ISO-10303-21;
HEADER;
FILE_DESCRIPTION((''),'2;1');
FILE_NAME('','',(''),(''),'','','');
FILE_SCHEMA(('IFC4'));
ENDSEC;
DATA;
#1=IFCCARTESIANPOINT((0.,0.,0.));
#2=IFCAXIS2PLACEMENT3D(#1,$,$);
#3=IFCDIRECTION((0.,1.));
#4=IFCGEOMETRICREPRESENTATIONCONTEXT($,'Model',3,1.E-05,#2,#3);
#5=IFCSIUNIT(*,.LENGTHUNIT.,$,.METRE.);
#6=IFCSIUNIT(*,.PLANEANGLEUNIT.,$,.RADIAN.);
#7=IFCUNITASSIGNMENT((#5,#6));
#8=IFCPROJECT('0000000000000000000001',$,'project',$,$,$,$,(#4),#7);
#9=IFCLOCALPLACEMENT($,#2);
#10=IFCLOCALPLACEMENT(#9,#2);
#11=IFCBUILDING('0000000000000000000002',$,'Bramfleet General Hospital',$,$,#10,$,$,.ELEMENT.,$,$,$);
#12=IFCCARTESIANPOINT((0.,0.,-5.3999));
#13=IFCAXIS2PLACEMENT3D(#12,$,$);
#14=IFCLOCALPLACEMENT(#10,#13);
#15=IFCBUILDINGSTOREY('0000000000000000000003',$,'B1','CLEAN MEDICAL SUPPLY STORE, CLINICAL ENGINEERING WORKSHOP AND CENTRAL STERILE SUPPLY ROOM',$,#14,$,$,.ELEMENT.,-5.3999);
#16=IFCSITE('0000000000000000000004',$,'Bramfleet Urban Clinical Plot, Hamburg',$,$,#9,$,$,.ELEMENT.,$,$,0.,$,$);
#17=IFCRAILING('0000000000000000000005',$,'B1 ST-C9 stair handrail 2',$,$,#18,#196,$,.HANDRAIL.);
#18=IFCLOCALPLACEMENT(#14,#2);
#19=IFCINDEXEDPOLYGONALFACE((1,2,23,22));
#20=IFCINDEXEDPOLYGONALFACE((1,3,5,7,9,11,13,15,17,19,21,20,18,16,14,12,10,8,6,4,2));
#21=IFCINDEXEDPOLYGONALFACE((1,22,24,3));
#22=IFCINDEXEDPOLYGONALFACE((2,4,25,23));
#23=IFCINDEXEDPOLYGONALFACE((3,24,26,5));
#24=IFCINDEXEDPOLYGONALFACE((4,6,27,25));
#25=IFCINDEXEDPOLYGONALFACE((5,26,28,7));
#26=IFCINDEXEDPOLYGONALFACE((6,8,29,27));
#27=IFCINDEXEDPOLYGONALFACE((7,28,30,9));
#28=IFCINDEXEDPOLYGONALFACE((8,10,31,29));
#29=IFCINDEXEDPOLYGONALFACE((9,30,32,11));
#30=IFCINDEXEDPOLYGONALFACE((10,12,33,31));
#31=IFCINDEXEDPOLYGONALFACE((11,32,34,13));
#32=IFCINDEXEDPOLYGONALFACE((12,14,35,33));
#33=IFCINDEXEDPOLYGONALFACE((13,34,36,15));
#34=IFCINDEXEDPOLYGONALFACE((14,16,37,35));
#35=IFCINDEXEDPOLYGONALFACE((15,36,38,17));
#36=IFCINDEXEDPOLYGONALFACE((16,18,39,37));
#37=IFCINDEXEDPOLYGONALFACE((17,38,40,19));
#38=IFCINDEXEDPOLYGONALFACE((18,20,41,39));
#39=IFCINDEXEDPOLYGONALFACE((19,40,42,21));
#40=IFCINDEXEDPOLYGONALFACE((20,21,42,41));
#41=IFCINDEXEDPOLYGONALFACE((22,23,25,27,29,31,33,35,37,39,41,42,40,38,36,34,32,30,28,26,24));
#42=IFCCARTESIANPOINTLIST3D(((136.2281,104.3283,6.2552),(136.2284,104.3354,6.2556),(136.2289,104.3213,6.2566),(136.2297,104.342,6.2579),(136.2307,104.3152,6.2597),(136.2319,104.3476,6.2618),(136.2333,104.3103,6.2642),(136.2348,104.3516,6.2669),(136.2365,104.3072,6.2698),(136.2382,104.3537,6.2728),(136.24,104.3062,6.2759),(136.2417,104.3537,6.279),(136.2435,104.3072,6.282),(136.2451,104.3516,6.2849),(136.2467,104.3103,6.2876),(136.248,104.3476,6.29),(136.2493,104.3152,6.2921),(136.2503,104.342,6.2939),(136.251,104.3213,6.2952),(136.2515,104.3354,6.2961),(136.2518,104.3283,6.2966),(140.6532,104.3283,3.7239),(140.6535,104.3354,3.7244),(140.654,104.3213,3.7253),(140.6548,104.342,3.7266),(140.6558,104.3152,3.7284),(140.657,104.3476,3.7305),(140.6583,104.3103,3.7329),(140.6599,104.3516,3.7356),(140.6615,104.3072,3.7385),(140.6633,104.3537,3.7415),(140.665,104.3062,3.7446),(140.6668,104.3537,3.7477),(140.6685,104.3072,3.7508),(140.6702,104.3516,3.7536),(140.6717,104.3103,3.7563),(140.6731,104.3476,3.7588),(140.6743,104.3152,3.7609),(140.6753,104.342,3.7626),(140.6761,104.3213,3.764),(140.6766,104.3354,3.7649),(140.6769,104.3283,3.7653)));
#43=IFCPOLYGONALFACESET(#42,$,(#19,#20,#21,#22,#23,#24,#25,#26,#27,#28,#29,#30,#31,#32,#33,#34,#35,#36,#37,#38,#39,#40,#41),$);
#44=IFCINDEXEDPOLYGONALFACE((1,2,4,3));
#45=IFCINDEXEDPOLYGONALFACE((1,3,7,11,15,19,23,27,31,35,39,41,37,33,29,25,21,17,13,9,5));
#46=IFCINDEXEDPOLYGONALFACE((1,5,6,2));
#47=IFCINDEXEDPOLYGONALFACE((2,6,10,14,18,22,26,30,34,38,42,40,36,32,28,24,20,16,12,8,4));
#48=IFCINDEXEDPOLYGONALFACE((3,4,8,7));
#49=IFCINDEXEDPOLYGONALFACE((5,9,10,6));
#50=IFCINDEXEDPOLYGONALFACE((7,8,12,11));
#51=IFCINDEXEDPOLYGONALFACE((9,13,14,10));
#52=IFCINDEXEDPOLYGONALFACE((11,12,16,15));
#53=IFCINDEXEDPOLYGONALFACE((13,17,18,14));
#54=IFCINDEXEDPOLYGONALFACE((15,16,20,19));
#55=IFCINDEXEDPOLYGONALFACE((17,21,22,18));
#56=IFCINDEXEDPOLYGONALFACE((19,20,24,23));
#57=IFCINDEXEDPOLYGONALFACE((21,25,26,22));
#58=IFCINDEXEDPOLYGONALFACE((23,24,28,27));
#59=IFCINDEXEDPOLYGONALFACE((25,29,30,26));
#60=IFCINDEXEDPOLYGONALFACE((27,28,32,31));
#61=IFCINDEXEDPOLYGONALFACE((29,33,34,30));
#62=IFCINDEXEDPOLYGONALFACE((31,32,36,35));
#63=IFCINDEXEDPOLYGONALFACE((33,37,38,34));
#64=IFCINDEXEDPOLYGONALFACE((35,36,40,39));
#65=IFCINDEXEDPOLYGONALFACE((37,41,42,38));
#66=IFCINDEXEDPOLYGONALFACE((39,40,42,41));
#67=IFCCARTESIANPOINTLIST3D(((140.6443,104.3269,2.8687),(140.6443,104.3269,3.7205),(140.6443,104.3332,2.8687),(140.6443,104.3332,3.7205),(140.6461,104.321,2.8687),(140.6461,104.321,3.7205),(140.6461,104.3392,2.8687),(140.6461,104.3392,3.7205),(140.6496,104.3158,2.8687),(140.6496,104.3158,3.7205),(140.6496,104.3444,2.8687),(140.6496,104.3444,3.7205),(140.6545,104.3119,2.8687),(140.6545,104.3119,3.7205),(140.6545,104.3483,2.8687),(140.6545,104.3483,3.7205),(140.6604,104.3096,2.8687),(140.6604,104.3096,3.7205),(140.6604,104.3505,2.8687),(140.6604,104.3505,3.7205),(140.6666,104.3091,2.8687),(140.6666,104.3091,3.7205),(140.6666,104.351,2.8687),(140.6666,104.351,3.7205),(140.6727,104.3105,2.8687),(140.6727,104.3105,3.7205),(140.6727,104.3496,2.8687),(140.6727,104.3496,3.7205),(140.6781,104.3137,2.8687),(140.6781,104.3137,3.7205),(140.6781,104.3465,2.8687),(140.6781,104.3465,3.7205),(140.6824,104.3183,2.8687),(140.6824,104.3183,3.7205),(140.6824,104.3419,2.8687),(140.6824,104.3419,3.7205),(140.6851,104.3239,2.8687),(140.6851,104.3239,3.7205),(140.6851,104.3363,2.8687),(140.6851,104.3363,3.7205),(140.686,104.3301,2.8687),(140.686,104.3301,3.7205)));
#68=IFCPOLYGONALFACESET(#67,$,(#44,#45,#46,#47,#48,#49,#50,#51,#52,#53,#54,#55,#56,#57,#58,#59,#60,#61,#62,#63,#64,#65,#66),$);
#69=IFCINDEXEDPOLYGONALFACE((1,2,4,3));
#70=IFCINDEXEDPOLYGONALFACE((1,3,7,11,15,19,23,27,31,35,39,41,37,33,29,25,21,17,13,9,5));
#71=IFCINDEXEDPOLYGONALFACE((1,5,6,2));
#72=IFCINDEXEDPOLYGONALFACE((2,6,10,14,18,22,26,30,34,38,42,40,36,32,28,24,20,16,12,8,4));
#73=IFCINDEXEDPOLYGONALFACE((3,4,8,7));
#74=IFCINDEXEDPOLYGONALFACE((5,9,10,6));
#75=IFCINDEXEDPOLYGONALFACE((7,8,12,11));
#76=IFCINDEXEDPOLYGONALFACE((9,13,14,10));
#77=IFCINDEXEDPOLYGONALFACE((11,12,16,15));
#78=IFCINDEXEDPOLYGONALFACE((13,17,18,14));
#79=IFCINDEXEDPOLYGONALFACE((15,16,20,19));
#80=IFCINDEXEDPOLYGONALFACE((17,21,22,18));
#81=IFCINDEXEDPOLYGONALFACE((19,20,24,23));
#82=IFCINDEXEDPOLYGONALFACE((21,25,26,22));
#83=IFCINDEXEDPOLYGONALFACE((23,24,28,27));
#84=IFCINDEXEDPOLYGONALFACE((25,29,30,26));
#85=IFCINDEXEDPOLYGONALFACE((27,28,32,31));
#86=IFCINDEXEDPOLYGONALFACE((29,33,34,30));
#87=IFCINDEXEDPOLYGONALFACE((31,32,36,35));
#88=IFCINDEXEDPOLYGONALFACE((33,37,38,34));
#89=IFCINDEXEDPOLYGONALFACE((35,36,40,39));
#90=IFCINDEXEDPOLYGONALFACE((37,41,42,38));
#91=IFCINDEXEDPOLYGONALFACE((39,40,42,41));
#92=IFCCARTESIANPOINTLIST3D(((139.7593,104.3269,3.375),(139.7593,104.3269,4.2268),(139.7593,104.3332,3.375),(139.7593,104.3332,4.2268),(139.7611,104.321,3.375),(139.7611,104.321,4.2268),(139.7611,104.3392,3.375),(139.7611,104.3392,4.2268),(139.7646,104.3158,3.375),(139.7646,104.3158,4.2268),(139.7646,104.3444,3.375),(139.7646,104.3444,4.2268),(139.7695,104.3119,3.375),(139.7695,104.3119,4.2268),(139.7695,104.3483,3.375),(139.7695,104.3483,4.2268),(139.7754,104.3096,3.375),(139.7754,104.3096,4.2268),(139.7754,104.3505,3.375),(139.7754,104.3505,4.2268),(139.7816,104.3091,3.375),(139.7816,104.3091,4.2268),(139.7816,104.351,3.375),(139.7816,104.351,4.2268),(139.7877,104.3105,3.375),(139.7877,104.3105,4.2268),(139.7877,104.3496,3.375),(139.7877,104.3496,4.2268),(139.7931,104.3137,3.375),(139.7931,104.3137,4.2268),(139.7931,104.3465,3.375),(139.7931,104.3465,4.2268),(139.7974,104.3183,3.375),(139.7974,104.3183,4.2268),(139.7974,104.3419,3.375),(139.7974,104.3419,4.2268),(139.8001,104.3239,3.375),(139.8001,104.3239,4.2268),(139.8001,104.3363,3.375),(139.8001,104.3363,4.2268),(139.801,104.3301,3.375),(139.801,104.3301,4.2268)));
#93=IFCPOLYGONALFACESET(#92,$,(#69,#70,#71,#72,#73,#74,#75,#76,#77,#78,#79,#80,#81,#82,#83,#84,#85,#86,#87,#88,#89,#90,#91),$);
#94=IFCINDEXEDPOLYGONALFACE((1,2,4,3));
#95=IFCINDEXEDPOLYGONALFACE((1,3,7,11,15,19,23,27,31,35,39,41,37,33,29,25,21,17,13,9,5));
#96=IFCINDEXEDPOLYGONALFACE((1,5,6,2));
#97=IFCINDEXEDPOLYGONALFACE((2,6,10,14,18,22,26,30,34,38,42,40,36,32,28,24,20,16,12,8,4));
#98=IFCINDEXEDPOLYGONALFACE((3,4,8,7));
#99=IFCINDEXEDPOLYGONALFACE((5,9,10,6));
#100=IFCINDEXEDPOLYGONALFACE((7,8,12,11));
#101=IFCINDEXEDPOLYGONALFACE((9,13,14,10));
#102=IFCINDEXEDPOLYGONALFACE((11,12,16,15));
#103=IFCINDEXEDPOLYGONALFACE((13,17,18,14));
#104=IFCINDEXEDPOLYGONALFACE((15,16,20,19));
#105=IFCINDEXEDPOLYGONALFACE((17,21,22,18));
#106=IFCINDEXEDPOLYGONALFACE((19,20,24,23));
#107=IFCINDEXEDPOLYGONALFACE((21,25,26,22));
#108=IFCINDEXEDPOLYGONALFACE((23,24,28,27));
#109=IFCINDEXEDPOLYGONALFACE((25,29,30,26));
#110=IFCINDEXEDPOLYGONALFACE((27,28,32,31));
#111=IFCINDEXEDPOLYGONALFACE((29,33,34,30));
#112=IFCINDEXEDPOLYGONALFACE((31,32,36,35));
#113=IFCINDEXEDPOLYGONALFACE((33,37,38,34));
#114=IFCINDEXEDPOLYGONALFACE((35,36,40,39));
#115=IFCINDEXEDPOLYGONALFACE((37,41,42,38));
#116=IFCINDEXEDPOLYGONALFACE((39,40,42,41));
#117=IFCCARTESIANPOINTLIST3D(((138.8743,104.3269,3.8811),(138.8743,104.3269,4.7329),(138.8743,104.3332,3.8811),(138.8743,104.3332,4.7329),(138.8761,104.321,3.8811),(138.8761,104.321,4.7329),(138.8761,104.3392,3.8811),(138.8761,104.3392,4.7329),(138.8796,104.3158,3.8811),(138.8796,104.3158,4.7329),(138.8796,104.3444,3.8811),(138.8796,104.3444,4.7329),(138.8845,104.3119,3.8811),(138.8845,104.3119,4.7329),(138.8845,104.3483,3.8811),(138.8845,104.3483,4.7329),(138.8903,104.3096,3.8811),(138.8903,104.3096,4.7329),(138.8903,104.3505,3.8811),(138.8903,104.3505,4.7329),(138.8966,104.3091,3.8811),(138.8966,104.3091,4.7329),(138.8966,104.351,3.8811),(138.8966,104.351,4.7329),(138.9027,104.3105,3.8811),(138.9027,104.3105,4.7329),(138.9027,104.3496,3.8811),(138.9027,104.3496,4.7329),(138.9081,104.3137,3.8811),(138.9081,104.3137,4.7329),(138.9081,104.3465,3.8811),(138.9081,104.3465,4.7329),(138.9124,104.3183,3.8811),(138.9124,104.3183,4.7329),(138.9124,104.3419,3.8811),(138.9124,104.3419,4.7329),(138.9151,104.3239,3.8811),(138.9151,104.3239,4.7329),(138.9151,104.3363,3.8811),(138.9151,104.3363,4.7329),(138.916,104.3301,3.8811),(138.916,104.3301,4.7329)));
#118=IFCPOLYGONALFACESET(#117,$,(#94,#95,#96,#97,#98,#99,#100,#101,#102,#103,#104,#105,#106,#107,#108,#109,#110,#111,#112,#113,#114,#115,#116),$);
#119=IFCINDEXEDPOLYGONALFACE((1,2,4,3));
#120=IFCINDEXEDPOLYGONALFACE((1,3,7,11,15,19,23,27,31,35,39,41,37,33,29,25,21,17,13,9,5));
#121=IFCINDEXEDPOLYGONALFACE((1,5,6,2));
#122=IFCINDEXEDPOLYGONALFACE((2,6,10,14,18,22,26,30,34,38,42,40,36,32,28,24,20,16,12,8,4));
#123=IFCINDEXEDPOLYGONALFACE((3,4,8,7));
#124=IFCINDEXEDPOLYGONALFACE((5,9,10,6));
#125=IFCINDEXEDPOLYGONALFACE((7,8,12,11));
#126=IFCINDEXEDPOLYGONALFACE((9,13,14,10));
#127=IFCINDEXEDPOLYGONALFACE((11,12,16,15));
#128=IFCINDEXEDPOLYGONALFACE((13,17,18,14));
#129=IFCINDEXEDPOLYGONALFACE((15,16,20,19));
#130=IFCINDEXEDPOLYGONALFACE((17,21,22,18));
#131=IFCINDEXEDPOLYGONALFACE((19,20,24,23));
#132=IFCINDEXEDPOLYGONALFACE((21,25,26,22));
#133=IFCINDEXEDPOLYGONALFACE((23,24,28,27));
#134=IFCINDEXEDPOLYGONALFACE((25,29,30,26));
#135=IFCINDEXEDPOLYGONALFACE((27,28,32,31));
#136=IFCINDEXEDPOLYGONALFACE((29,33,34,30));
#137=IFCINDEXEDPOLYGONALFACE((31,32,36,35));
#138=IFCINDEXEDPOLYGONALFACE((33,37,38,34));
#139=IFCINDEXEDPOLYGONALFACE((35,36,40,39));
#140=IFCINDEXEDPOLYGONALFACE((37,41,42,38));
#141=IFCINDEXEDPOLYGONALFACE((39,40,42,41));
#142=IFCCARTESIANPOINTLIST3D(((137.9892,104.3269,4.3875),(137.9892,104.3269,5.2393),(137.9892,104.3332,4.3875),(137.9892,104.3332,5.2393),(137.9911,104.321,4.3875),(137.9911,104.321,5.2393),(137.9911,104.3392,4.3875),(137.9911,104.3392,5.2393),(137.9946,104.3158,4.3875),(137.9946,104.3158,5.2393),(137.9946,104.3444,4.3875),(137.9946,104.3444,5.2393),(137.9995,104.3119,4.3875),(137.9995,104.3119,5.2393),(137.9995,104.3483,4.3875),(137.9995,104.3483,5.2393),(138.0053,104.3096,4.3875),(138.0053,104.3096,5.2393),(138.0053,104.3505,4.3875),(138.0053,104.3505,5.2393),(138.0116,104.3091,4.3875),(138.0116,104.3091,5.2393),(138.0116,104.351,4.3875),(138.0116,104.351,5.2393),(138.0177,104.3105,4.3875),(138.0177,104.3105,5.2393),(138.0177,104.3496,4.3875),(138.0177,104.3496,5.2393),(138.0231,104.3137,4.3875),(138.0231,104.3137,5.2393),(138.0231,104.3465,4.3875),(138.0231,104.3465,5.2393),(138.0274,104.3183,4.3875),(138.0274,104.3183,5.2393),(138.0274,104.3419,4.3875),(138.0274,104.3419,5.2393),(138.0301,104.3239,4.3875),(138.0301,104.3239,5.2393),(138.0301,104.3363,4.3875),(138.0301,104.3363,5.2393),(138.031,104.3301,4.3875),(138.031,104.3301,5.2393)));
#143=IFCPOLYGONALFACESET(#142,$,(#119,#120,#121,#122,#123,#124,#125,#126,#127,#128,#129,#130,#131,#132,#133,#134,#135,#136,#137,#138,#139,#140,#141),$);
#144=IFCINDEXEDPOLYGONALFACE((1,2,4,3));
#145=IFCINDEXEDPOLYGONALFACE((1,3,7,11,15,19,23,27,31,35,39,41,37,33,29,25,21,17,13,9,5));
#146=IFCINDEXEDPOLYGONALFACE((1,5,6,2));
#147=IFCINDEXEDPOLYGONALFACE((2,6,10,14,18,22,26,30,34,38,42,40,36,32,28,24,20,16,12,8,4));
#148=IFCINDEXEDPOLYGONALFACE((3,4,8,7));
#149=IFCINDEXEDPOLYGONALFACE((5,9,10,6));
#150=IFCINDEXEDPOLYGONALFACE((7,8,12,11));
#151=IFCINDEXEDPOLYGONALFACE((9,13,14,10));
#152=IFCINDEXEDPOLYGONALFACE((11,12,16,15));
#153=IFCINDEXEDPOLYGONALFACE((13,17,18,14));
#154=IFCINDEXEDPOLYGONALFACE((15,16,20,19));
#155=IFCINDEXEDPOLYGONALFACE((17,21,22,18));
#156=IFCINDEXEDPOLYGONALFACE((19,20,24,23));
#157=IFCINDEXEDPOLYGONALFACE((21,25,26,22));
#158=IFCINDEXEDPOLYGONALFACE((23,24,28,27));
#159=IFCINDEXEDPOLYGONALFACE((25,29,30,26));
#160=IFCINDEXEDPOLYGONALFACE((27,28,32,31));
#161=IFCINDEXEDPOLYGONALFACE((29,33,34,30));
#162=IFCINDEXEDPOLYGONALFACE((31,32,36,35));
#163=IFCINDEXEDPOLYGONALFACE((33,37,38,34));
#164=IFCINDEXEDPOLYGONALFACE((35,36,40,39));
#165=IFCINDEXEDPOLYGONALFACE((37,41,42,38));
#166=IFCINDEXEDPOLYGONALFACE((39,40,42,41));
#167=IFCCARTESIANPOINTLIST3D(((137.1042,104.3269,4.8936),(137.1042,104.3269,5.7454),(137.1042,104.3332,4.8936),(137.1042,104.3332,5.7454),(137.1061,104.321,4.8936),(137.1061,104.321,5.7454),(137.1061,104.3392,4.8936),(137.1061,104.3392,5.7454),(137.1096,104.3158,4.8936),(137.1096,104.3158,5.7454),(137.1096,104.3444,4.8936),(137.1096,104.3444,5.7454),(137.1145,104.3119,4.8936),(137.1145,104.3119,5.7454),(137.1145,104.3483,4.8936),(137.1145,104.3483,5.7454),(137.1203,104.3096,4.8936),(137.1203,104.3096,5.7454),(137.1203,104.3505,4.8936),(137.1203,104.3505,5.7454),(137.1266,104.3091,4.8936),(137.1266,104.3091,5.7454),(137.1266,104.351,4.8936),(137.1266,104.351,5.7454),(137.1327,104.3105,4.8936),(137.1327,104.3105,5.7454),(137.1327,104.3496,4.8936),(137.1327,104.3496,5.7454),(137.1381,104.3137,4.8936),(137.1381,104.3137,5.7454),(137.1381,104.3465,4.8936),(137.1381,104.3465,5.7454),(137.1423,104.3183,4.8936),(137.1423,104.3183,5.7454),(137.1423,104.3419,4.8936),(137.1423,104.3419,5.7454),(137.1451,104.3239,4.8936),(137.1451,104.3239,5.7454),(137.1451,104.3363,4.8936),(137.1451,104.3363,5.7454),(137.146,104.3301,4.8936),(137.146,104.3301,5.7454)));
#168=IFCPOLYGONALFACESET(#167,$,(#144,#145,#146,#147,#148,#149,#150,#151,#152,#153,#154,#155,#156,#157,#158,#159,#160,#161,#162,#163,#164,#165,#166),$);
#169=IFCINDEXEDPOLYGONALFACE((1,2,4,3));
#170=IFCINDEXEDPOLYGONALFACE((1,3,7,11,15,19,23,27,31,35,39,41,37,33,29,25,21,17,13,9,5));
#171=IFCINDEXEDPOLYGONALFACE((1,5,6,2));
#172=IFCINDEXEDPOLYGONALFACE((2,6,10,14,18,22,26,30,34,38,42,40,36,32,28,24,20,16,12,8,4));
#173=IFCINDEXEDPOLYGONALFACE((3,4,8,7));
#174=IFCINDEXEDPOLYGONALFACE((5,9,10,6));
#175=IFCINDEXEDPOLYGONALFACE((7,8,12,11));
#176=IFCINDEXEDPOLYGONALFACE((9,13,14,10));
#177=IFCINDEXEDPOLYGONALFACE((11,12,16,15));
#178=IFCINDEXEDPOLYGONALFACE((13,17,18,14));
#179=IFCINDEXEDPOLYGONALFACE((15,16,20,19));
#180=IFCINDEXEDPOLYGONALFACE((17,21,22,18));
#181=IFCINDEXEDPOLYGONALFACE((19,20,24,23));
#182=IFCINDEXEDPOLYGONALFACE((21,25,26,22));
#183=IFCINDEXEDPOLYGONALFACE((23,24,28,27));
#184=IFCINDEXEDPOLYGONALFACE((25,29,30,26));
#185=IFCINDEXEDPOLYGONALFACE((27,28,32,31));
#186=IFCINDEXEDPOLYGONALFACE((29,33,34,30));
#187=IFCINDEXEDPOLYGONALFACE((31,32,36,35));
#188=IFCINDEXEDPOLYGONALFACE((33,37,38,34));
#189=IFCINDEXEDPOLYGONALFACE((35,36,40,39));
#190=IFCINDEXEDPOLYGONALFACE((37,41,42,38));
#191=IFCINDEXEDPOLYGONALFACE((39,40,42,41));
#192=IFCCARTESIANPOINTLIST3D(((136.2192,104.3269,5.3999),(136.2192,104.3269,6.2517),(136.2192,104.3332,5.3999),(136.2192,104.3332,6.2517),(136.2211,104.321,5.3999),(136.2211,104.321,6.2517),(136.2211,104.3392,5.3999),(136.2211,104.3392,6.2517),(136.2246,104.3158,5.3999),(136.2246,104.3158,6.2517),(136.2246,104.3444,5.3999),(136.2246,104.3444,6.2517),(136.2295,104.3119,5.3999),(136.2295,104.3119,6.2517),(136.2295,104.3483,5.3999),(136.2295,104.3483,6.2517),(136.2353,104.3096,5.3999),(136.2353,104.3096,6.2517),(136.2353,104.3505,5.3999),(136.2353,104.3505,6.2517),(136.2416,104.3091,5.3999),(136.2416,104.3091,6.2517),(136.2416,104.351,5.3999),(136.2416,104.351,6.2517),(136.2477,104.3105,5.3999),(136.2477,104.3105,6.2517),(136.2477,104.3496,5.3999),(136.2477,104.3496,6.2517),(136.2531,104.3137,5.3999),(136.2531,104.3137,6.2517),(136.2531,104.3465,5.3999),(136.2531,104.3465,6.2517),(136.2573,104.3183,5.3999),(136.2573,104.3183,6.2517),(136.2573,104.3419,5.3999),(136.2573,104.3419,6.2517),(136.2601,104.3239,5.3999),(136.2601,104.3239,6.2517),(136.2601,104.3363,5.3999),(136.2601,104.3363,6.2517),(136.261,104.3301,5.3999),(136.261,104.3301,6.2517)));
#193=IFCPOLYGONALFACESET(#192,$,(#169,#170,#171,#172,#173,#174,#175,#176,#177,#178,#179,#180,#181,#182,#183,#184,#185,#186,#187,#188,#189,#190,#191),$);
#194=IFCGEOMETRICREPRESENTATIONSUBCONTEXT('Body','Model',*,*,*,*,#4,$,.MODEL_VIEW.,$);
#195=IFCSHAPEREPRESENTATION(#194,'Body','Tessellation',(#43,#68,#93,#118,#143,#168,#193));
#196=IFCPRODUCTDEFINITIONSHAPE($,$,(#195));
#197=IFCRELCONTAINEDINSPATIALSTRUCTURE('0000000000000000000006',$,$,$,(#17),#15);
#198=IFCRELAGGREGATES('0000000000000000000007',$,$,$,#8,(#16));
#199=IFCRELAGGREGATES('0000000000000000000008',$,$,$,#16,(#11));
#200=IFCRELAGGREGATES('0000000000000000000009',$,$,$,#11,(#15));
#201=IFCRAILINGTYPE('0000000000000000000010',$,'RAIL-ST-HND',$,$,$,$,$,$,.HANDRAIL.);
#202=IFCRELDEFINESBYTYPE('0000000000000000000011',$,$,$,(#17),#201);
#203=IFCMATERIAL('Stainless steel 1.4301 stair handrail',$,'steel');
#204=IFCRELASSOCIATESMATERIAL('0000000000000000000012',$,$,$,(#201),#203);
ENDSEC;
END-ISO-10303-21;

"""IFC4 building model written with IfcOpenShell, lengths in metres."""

from ifc_helpers import new_model, si_unit, direction, frame, origin, origin_2d, place, context, subcontext, project, spatial, circle, extrude, material, type_object, element, save


model = new_model("IFC4")

# Units and contexts
model_context = context("Model", 3, precision=1e-05, world=origin(), true_north=direction((0.0, 1.0)))
body_context = subcontext(model_context, "Body", "Model", "MODEL_VIEW")
ifc_project = project(units=[si_unit("LENGTHUNIT", "METRE"), si_unit("PLANEANGLEUNIT", "RADIAN")], contexts=[model_context])

# Site, building, storey
site_placement = place(None, origin())
site = spatial("IfcSite", under=ifc_project, at=site_placement, Name="Bramfleet Urban Clinical Plot, Hamburg", CompositionType="ELEMENT", RefElevation=0.0)
building_placement = place(site_placement, origin())
building = spatial("IfcBuilding", under=site, at=building_placement, Name="Bramfleet General Hospital", CompositionType="ELEMENT")
storey_placement = place(building_placement, frame((0.0, 0.0, -5.3999)))
storey = spatial("IfcBuildingStorey", under=building, at=storey_placement, Name="B1", Description="CLEAN MEDICAL SUPPLY STORE, CLINICAL ENGINEERING WORKSHOP AND CENTRAL STERILE SUPPLY ROOM", CompositionType="ELEMENT", Elevation=-5.3999)

# Railing
ifc_material_1 = material(Name="Stainless steel 1.4301 stair handrail", Category="steel")
railing_type = type_object("IfcRailingType", Name="RAIL-ST-HND", PredefinedType="HANDRAIL", material=ifc_material_1)
railing_placement = place(storey_placement, frame((140.665, 104.3301, 2.8687)))
element("IfcRailing", 1, at=railing_placement, inside=storey, type_object=railing_type, Name="B1 ST-C9 stair handrail 2", PredefinedType="HANDRAIL", context=body_context, shape_type="SweptSolid", body=[
    extrude(circle(Radius=0.0239, at=origin_2d()), frame((0.0, 0.0, 0.876), z_axis=(-0.868019, 0.0, 0.496531), x_axis=(0.0, -1.0, 0.0)), (0.0, 0.0, 1.0), 5.0979),
    extrude(circle(Radius=0.021, at=origin_2d()), origin(), (0.0, 0.0, 1.0), 0.8518),
    extrude(circle(Radius=0.021, at=origin_2d()), frame((-0.885, 0.0, 0.5063)), (0.0, 0.0, 1.0), 0.8518),
    extrude(circle(Radius=0.021, at=origin_2d()), frame((-1.77, 0.0, 1.0125)), (0.0, 0.0, 1.0), 0.8518),
    extrude(circle(Radius=0.021, at=origin_2d()), frame((-2.655, 0.0, 1.5188)), (0.0, 0.0, 1.0), 0.8518),
    extrude(circle(Radius=0.021, at=origin_2d()), frame((-3.54, 0.0, 2.0249)), (0.0, 0.0, 1.0), 0.8518),
    extrude(circle(Radius=0.021, at=origin_2d()), frame((-4.425, 0.0, 2.5312)), (0.0, 0.0, 1.0), 0.8518),
])

save(model, "model.ifc")
